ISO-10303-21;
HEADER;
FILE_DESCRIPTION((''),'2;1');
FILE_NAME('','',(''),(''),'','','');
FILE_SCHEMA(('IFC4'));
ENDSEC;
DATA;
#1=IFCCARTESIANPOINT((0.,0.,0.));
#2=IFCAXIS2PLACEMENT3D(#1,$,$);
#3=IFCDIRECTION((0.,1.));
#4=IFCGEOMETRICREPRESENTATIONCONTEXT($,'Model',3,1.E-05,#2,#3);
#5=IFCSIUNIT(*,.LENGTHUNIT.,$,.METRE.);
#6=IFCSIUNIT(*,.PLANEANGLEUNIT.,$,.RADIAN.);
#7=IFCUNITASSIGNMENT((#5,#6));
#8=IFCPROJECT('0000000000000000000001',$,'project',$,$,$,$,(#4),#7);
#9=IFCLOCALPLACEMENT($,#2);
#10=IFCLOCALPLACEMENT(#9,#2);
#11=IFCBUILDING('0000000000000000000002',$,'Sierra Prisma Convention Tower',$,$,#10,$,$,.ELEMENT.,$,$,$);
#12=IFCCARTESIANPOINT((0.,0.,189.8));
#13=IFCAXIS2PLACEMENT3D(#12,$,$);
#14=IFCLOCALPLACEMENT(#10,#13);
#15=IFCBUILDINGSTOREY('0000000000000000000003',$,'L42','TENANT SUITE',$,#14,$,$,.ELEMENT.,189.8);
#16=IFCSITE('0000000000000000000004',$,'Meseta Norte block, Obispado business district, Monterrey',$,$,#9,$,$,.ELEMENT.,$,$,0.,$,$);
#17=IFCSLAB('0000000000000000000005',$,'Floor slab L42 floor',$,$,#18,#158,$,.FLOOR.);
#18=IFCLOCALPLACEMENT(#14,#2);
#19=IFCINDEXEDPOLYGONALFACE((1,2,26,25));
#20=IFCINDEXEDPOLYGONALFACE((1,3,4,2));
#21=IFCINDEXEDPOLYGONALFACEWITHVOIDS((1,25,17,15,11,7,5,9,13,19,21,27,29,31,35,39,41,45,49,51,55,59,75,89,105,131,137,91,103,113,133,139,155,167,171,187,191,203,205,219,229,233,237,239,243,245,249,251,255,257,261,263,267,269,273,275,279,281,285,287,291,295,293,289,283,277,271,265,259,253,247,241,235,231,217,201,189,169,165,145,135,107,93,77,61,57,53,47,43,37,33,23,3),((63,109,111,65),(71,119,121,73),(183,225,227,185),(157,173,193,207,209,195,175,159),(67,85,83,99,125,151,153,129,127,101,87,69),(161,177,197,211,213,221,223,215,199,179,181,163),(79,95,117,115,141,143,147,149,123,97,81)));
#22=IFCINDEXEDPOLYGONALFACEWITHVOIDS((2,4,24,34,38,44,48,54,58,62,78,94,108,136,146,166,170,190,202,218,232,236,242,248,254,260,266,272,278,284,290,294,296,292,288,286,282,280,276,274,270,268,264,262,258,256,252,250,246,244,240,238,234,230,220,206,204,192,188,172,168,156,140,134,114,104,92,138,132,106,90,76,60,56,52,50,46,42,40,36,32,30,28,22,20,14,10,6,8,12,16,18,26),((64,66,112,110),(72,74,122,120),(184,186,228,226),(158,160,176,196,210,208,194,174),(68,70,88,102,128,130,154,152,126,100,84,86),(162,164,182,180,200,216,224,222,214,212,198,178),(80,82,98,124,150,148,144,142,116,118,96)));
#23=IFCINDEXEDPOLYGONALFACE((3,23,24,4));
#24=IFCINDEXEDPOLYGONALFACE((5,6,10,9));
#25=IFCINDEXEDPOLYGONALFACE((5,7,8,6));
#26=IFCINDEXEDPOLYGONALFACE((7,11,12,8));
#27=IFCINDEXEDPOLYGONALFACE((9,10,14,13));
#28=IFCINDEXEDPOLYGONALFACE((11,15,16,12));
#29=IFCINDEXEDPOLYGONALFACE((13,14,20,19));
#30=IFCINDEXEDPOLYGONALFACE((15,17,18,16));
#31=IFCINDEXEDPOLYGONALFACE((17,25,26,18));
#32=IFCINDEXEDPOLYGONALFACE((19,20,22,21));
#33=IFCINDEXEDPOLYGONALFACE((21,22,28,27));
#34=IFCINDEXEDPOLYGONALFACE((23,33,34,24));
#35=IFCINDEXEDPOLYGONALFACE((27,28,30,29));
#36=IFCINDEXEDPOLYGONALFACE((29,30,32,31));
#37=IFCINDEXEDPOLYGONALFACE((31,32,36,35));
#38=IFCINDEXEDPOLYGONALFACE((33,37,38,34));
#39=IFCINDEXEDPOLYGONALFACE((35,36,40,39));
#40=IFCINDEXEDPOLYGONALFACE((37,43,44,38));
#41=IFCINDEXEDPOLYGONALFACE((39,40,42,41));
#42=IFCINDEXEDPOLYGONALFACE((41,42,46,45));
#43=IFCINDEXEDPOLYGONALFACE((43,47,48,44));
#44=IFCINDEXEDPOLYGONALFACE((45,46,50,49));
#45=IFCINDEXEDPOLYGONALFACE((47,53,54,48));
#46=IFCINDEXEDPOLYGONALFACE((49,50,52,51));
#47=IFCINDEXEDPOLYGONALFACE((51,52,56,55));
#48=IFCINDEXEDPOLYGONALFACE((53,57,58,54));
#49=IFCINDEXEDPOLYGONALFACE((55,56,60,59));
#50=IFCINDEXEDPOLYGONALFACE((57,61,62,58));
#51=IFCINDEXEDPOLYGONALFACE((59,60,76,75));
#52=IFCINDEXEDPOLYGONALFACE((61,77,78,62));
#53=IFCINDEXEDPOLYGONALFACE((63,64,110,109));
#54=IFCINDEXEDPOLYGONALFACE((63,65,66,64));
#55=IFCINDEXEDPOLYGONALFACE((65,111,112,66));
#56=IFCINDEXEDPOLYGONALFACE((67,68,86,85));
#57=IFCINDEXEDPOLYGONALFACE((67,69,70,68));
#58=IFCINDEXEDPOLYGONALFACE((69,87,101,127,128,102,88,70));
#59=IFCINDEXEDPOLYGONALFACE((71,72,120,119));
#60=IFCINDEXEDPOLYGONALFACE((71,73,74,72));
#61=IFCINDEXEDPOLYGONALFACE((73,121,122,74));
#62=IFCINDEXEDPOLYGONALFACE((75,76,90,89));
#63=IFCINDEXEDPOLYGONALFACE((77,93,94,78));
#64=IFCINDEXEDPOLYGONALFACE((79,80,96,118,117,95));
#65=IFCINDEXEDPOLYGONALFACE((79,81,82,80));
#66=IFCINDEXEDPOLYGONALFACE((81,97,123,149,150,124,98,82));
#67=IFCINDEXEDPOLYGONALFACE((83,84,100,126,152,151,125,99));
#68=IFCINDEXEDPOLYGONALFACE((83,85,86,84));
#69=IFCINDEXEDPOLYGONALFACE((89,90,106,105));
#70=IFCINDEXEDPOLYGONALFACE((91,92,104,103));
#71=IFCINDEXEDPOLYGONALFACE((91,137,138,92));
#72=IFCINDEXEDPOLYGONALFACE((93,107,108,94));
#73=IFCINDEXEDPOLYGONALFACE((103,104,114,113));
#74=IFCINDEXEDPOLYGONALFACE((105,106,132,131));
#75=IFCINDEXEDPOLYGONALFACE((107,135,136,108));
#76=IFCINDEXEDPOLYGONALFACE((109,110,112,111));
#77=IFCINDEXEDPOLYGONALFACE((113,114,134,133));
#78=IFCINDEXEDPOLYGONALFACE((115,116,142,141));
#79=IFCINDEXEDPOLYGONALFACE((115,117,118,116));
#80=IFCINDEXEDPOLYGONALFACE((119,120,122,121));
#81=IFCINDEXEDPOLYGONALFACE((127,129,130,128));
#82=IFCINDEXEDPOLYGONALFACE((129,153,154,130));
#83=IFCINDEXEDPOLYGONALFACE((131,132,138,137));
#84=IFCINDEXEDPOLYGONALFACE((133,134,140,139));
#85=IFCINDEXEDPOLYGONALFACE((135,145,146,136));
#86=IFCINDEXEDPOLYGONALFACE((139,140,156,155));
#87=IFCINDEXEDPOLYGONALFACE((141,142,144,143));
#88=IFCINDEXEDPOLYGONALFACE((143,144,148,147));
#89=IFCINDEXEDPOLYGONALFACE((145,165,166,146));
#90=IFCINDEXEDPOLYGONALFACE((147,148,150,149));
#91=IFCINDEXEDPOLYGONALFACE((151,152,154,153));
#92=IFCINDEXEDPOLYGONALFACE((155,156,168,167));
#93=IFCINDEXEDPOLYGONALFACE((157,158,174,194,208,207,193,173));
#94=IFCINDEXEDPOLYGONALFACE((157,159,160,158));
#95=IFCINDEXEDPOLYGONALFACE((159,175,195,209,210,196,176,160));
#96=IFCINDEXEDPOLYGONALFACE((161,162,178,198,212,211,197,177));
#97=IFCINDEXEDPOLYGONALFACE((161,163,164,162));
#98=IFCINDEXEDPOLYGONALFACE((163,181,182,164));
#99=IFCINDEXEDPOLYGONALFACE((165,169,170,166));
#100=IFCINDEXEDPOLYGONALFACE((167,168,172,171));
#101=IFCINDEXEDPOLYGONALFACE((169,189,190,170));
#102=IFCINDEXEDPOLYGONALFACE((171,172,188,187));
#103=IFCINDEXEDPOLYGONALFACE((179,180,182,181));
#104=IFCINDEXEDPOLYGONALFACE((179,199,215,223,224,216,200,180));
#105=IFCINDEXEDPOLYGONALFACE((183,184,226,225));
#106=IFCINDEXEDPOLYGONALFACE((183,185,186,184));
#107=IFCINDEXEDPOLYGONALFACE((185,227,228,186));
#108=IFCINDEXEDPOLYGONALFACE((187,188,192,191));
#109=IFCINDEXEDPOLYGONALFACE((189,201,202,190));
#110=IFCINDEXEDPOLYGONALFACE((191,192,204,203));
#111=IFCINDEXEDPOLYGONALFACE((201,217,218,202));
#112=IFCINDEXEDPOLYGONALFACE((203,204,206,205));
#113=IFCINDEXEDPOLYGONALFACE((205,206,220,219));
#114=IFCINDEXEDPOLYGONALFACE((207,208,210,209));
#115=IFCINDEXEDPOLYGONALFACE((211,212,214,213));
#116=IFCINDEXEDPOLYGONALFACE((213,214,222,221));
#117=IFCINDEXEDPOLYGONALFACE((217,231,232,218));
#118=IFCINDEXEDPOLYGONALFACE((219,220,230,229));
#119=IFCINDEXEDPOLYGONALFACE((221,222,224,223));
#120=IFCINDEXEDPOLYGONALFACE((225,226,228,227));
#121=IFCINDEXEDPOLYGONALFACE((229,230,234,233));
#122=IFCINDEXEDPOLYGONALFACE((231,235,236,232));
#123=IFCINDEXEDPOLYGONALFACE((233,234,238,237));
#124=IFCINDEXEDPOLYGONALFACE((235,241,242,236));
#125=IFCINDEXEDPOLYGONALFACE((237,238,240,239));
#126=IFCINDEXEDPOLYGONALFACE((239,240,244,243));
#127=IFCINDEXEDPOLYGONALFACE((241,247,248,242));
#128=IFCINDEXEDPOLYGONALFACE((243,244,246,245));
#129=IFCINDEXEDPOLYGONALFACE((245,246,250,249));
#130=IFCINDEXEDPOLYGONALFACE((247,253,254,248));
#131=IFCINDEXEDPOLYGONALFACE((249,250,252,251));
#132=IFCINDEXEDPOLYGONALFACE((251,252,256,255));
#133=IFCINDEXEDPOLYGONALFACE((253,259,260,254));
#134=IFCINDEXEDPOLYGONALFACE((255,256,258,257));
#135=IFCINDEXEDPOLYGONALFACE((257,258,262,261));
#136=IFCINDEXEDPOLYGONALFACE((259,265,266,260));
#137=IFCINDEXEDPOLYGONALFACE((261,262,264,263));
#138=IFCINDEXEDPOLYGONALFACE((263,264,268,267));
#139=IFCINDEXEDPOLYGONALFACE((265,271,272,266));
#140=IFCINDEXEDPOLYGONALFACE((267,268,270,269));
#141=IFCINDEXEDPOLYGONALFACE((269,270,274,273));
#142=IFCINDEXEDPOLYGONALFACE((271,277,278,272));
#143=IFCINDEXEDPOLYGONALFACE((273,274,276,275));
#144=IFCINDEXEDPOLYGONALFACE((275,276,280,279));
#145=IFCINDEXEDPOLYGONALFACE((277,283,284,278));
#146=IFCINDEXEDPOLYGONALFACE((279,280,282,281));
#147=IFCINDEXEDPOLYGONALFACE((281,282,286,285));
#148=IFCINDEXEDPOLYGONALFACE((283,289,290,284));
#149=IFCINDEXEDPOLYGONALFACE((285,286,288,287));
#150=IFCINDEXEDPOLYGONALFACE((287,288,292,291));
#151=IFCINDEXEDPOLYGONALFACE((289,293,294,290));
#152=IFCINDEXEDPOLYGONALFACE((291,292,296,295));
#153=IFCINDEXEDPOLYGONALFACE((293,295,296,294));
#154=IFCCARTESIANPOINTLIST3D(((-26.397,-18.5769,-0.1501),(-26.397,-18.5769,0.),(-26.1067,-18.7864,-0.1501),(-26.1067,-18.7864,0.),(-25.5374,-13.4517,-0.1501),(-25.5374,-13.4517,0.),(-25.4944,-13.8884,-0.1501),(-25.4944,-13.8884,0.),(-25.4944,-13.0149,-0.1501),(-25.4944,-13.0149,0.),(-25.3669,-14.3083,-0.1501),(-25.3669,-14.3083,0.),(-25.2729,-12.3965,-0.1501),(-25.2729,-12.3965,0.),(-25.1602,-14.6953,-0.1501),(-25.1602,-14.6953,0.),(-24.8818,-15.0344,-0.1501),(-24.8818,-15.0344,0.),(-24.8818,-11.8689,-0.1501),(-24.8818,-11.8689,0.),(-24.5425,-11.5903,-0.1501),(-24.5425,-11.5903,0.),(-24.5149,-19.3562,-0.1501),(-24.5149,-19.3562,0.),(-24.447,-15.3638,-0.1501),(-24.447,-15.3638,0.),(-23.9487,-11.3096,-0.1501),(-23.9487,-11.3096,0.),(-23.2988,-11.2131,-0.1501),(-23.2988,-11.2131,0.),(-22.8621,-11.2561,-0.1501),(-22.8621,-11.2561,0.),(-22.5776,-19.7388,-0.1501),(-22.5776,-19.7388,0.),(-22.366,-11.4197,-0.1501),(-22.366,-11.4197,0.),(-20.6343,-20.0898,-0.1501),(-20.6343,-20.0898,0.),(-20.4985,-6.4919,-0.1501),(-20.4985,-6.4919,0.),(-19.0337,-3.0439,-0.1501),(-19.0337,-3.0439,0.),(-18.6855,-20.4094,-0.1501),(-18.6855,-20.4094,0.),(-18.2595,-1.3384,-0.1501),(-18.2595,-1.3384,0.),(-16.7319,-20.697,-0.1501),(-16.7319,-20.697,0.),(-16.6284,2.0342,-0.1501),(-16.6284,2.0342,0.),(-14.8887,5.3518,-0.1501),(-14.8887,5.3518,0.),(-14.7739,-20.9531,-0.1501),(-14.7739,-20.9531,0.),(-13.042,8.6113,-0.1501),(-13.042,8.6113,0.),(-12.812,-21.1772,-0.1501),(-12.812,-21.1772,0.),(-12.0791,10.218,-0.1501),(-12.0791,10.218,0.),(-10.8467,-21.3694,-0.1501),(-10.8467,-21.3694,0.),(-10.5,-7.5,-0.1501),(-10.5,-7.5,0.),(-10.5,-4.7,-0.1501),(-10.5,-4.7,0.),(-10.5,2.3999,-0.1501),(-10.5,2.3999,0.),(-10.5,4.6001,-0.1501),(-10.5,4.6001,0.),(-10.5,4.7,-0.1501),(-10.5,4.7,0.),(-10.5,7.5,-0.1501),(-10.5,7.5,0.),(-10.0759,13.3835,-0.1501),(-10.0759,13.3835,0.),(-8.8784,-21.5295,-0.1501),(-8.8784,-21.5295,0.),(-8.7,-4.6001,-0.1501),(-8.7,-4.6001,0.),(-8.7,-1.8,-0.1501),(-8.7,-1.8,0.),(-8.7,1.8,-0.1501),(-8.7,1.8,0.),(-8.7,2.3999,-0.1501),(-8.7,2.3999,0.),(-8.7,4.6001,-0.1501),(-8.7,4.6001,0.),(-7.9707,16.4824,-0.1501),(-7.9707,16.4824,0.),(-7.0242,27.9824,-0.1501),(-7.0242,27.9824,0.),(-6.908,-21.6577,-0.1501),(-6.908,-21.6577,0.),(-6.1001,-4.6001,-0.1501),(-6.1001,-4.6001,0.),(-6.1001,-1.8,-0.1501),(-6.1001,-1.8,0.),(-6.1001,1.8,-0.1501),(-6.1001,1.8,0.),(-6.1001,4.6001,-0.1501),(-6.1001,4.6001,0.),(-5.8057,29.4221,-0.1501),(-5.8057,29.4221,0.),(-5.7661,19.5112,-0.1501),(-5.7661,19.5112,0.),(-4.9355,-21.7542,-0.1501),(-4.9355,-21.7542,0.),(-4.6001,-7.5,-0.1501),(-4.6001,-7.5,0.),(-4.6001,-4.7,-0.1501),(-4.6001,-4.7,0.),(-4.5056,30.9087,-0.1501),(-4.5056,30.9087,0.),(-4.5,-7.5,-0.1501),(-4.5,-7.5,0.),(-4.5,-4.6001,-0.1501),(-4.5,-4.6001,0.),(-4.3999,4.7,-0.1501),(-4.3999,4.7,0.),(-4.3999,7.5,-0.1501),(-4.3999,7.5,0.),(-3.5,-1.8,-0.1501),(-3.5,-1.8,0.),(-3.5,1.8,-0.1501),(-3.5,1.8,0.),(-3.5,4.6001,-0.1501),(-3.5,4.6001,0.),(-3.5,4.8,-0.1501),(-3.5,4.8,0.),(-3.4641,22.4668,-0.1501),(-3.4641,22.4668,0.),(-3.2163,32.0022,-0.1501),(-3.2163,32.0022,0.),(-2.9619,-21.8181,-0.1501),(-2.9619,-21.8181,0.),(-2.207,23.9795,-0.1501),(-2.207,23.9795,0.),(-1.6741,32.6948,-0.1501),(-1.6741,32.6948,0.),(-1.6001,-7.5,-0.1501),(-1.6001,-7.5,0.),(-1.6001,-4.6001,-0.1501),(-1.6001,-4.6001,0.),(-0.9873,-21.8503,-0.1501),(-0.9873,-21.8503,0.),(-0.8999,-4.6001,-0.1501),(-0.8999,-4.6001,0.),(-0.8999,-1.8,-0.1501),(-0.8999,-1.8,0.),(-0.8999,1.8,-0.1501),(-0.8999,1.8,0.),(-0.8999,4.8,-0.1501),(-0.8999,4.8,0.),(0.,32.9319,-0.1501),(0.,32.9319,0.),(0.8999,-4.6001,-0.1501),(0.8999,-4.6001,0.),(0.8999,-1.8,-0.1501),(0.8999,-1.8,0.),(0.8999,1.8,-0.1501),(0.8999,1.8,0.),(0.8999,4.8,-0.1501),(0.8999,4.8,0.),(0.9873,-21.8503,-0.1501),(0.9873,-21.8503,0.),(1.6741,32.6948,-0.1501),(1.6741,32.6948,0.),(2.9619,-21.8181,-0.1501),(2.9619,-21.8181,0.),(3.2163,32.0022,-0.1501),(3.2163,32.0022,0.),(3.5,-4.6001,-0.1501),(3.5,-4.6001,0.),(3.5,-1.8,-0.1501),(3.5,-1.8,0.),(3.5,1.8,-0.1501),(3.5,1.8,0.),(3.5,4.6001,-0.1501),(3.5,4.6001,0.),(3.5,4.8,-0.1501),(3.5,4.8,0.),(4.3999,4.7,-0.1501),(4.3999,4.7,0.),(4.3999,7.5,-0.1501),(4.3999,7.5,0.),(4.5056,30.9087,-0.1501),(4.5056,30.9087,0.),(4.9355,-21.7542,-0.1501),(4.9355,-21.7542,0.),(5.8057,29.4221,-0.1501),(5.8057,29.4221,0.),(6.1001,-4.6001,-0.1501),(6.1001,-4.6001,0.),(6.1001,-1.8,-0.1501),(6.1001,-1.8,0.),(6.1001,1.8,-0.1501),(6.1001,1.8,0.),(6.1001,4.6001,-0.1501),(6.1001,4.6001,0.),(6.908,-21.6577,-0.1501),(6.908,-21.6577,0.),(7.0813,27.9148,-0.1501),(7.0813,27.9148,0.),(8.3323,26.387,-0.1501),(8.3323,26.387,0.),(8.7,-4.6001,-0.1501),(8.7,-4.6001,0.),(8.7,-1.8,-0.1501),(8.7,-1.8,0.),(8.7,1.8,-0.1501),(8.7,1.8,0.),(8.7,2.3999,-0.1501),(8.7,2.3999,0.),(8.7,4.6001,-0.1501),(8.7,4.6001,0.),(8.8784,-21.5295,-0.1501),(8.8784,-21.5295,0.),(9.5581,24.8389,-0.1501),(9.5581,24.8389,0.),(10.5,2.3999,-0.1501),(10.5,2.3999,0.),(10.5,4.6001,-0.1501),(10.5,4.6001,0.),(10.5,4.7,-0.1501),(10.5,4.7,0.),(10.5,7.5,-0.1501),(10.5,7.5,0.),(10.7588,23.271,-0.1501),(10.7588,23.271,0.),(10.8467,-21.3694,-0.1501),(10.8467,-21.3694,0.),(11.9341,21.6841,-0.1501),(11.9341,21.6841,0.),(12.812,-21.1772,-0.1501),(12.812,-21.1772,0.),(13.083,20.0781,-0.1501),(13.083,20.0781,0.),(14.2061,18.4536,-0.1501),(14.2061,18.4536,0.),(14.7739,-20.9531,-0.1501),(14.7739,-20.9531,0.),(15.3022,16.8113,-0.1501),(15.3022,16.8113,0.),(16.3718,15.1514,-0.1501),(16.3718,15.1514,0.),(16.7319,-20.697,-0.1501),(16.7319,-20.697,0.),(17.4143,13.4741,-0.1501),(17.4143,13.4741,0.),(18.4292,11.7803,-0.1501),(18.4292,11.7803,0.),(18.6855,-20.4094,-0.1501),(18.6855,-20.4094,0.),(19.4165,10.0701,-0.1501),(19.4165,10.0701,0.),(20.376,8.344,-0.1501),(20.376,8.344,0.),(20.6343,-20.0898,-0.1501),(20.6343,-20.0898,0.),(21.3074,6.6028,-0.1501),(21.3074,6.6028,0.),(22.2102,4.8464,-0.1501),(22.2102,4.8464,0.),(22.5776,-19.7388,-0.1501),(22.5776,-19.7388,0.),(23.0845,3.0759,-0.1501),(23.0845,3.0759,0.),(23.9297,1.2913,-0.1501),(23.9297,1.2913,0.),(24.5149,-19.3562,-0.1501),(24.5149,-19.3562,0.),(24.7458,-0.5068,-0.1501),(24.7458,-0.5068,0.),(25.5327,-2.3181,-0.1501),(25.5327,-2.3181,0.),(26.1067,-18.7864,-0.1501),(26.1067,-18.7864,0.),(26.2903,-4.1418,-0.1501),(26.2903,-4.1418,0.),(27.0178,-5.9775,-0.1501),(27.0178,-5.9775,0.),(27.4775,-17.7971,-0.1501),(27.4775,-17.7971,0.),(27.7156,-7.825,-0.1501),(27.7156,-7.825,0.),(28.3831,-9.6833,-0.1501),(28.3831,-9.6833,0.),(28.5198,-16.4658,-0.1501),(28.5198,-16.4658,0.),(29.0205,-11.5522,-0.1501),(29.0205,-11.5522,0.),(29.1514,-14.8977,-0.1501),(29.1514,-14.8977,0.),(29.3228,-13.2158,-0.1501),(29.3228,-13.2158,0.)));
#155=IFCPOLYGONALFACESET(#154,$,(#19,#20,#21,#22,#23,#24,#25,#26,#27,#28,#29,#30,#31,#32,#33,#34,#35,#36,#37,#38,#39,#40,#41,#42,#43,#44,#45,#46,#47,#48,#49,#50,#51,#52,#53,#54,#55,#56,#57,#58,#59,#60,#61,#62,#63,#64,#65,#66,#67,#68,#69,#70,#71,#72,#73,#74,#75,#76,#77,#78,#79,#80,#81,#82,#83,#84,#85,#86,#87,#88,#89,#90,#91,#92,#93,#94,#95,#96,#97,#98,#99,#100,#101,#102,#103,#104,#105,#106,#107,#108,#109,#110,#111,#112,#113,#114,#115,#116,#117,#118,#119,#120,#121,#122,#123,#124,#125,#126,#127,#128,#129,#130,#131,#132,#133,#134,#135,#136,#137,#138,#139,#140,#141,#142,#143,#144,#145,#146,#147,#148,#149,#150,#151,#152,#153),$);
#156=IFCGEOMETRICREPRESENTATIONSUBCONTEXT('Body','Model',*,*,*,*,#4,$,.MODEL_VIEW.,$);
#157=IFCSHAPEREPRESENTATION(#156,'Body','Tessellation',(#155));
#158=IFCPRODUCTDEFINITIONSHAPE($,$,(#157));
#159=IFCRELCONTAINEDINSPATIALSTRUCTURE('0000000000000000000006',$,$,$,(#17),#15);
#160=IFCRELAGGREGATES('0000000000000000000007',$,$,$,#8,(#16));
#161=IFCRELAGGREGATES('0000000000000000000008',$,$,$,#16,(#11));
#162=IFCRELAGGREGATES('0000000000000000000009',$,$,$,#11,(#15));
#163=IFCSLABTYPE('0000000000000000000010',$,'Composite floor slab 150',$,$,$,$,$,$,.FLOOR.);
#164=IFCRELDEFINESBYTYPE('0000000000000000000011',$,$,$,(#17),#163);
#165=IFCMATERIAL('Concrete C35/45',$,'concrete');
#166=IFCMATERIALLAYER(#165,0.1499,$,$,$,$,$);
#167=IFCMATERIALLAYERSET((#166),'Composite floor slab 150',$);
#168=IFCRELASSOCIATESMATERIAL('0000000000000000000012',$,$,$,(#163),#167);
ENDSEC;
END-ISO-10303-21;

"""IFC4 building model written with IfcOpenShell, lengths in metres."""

from ifc_helpers import new_model, si_unit, direction, frame, origin, place, context, subcontext, project, spatial, polyline, outline, extrude, material, layer, layer_set, type_object, element, save


model = new_model("IFC4")

# Units and contexts
model_context = context("Model", 3, precision=1e-05, world=origin(), true_north=direction((0.0, 1.0)))
body_context = subcontext(model_context, "Body", "Model", "MODEL_VIEW")
ifc_project = project(units=[si_unit("LENGTHUNIT", "METRE"), si_unit("PLANEANGLEUNIT", "RADIAN")], contexts=[model_context])

# Site, building, storey
site_placement = place(None, origin())
site = spatial("IfcSite", under=ifc_project, at=site_placement, Name="Meseta Norte block, Obispado business district, Monterrey", CompositionType="ELEMENT", RefElevation=0.0)
building_placement = place(site_placement, origin())
building = spatial("IfcBuilding", under=site, at=building_placement, Name="Sierra Prisma Convention Tower", CompositionType="ELEMENT")
storey_placement = place(building_placement, frame((0.0, 0.0, 189.8)))
storey = spatial("IfcBuildingStorey", under=building, at=storey_placement, Name="L42", Description="TENANT SUITE", CompositionType="ELEMENT", Elevation=189.8)

# Slab
ifc_material_1 = material(Name="Concrete C35/45", Category="concrete")
ifc_layer_1 = layer(ifc_material_1, 0.1499)
ifc_layer_set_1 = layer_set([ifc_layer_1], Name="Composite floor slab 150")
slab_type_1 = type_object("IfcSlabType", Name="Composite floor slab 150", PredefinedType="FLOOR", material=ifc_layer_set_1)
slab_1_placement = place(storey_placement, frame((0.0, 0.0, -0.1501)))
element("IfcSlab", 1, at=slab_1_placement, inside=storey, type_object=slab_type_1, Name="Floor slab L42 floor", PredefinedType="FLOOR", context=body_context, shape_type="SweptSolid", body=[
    extrude(outline(polyline([(-5.8057, 29.4221), (-7.0242, 27.9824), (-2.207, 23.9795), (-3.4641, 22.4668), (-5.7661, 19.5112), (-7.9707, 16.4824), (-10.0759, 13.3835), (-12.0791, 10.218), (-13.042, 8.6113), (-14.8887, 5.3518), (-16.6284, 2.0342), (-18.2595, -1.3384), (-19.0337, -3.0439), (-20.4985, -6.4919), (-22.366, -11.4197), (-22.8621, -11.2561), (-23.2988, -11.2131), (-23.9487, -11.3096), (-24.5425, -11.5903), (-24.8818, -11.8689), (-25.2729, -12.3965), (-25.4944, -13.0149), (-25.5374, -13.4517), (-25.4944, -13.8884), (-25.3669, -14.3083), (-25.1602, -14.6953), (-24.8818, -15.0344), (-24.447, -15.3638), (-26.397, -18.5769), (-26.1067, -18.7864), (-24.5149, -19.3562), (-22.5776, -19.7388), (-20.6343, -20.0898), (-18.6855, -20.4094), (-16.7319, -20.697), (-14.7739, -20.9531), (-12.812, -21.1772), (-10.8467, -21.3694), (-8.8784, -21.5295), (-6.908, -21.6577), (-4.9355, -21.7542), (-2.9619, -21.8181), (-0.9873, -21.8503), (0.9873, -21.8503), (2.9619, -21.8181), (4.9355, -21.7542), (6.908, -21.6577), (8.8784, -21.5295), (10.8467, -21.3694), (12.812, -21.1772), (14.7739, -20.9531), (16.7319, -20.697), (18.6855, -20.4094), (20.6343, -20.0898), (22.5776, -19.7388), (24.5149, -19.3562), (26.1067, -18.7864), (27.4775, -17.7971), (28.5198, -16.4658), (29.1514, -14.8977), (29.3228, -13.2158), (29.0205, -11.5522), (28.3831, -9.6833), (27.7156, -7.825), (27.0178, -5.9775), (26.2903, -4.1418), (25.5327, -2.3181), (24.7458, -0.5068), (23.9297, 1.2913), (23.0845, 3.0759), (22.2102, 4.8464), (21.3074, 6.6028), (20.376, 8.344), (19.4165, 10.0701), (18.4292, 11.7803), (17.4143, 13.4741), (16.3718, 15.1514), (15.3022, 16.8113), (14.2061, 18.4536), (13.083, 20.0781), (11.9341, 21.6841), (10.7588, 23.271), (9.5581, 24.8389), (8.3323, 26.387), (7.0813, 27.9148), (5.8057, 29.4221), (4.5056, 30.9087), (3.2163, 32.0022), (1.6741, 32.6948), (0.0, 32.9319), (-1.6741, 32.6948), (-3.2163, 32.0022), (-4.5056, 30.9087), (-5.8057, 29.4221)]), holes=[polyline([(-4.6001, -7.5), (-10.5, -7.5), (-10.5, -4.7), (-4.6001, -4.7), (-4.6001, -7.5)]), polyline([(-8.7, -4.6001), (-8.7, -1.8), (-6.1001, -1.8), (-3.5, -1.8), (-0.8999, -1.8), (-0.8999, -4.6001), (-1.6001, -4.6001), (-1.6001, -7.5), (-4.5, -7.5), (-4.5, -4.6001), (-6.1001, -4.6001), (-8.7, -4.6001)]), polyline([(-10.5, 4.6001), (-8.7, 4.6001), (-6.1001, 4.6001), (-3.5, 4.6001), (-3.5, 4.8), (-0.8999, 4.8), (-0.8999, 1.8), (-3.5, 1.8), (-6.1001, 1.8), (-8.7, 1.8), (-8.7, 2.3999), (-10.5, 2.3999), (-10.5, 4.6001)]), polyline([(-10.5, 4.7), (-10.5, 7.5), (-4.3999, 7.5), (-4.3999, 4.7), (-10.5, 4.7)]), polyline([(6.1001, -1.8), (8.7, -1.8), (8.7, -4.6001), (6.1001, -4.6001), (3.5, -4.6001), (0.8999, -4.6001), (0.8999, -1.8), (3.5, -1.8), (6.1001, -1.8)]), polyline([(8.7, 4.6001), (10.5, 4.6001), (10.5, 2.3999), (8.7, 2.3999), (8.7, 1.8), (6.1001, 1.8), (3.5, 1.8), (0.8999, 1.8), (0.8999, 4.8), (3.5, 4.8), (3.5, 4.6001), (6.1001, 4.6001), (8.7, 4.6001)]), polyline([(4.3999, 4.7), (4.3999, 7.5), (10.5, 7.5), (10.5, 4.7), (4.3999, 4.7)])]), origin(), (0.0, 0.0, 1.0), 0.1501),
])

save(model, "model.ifc")
